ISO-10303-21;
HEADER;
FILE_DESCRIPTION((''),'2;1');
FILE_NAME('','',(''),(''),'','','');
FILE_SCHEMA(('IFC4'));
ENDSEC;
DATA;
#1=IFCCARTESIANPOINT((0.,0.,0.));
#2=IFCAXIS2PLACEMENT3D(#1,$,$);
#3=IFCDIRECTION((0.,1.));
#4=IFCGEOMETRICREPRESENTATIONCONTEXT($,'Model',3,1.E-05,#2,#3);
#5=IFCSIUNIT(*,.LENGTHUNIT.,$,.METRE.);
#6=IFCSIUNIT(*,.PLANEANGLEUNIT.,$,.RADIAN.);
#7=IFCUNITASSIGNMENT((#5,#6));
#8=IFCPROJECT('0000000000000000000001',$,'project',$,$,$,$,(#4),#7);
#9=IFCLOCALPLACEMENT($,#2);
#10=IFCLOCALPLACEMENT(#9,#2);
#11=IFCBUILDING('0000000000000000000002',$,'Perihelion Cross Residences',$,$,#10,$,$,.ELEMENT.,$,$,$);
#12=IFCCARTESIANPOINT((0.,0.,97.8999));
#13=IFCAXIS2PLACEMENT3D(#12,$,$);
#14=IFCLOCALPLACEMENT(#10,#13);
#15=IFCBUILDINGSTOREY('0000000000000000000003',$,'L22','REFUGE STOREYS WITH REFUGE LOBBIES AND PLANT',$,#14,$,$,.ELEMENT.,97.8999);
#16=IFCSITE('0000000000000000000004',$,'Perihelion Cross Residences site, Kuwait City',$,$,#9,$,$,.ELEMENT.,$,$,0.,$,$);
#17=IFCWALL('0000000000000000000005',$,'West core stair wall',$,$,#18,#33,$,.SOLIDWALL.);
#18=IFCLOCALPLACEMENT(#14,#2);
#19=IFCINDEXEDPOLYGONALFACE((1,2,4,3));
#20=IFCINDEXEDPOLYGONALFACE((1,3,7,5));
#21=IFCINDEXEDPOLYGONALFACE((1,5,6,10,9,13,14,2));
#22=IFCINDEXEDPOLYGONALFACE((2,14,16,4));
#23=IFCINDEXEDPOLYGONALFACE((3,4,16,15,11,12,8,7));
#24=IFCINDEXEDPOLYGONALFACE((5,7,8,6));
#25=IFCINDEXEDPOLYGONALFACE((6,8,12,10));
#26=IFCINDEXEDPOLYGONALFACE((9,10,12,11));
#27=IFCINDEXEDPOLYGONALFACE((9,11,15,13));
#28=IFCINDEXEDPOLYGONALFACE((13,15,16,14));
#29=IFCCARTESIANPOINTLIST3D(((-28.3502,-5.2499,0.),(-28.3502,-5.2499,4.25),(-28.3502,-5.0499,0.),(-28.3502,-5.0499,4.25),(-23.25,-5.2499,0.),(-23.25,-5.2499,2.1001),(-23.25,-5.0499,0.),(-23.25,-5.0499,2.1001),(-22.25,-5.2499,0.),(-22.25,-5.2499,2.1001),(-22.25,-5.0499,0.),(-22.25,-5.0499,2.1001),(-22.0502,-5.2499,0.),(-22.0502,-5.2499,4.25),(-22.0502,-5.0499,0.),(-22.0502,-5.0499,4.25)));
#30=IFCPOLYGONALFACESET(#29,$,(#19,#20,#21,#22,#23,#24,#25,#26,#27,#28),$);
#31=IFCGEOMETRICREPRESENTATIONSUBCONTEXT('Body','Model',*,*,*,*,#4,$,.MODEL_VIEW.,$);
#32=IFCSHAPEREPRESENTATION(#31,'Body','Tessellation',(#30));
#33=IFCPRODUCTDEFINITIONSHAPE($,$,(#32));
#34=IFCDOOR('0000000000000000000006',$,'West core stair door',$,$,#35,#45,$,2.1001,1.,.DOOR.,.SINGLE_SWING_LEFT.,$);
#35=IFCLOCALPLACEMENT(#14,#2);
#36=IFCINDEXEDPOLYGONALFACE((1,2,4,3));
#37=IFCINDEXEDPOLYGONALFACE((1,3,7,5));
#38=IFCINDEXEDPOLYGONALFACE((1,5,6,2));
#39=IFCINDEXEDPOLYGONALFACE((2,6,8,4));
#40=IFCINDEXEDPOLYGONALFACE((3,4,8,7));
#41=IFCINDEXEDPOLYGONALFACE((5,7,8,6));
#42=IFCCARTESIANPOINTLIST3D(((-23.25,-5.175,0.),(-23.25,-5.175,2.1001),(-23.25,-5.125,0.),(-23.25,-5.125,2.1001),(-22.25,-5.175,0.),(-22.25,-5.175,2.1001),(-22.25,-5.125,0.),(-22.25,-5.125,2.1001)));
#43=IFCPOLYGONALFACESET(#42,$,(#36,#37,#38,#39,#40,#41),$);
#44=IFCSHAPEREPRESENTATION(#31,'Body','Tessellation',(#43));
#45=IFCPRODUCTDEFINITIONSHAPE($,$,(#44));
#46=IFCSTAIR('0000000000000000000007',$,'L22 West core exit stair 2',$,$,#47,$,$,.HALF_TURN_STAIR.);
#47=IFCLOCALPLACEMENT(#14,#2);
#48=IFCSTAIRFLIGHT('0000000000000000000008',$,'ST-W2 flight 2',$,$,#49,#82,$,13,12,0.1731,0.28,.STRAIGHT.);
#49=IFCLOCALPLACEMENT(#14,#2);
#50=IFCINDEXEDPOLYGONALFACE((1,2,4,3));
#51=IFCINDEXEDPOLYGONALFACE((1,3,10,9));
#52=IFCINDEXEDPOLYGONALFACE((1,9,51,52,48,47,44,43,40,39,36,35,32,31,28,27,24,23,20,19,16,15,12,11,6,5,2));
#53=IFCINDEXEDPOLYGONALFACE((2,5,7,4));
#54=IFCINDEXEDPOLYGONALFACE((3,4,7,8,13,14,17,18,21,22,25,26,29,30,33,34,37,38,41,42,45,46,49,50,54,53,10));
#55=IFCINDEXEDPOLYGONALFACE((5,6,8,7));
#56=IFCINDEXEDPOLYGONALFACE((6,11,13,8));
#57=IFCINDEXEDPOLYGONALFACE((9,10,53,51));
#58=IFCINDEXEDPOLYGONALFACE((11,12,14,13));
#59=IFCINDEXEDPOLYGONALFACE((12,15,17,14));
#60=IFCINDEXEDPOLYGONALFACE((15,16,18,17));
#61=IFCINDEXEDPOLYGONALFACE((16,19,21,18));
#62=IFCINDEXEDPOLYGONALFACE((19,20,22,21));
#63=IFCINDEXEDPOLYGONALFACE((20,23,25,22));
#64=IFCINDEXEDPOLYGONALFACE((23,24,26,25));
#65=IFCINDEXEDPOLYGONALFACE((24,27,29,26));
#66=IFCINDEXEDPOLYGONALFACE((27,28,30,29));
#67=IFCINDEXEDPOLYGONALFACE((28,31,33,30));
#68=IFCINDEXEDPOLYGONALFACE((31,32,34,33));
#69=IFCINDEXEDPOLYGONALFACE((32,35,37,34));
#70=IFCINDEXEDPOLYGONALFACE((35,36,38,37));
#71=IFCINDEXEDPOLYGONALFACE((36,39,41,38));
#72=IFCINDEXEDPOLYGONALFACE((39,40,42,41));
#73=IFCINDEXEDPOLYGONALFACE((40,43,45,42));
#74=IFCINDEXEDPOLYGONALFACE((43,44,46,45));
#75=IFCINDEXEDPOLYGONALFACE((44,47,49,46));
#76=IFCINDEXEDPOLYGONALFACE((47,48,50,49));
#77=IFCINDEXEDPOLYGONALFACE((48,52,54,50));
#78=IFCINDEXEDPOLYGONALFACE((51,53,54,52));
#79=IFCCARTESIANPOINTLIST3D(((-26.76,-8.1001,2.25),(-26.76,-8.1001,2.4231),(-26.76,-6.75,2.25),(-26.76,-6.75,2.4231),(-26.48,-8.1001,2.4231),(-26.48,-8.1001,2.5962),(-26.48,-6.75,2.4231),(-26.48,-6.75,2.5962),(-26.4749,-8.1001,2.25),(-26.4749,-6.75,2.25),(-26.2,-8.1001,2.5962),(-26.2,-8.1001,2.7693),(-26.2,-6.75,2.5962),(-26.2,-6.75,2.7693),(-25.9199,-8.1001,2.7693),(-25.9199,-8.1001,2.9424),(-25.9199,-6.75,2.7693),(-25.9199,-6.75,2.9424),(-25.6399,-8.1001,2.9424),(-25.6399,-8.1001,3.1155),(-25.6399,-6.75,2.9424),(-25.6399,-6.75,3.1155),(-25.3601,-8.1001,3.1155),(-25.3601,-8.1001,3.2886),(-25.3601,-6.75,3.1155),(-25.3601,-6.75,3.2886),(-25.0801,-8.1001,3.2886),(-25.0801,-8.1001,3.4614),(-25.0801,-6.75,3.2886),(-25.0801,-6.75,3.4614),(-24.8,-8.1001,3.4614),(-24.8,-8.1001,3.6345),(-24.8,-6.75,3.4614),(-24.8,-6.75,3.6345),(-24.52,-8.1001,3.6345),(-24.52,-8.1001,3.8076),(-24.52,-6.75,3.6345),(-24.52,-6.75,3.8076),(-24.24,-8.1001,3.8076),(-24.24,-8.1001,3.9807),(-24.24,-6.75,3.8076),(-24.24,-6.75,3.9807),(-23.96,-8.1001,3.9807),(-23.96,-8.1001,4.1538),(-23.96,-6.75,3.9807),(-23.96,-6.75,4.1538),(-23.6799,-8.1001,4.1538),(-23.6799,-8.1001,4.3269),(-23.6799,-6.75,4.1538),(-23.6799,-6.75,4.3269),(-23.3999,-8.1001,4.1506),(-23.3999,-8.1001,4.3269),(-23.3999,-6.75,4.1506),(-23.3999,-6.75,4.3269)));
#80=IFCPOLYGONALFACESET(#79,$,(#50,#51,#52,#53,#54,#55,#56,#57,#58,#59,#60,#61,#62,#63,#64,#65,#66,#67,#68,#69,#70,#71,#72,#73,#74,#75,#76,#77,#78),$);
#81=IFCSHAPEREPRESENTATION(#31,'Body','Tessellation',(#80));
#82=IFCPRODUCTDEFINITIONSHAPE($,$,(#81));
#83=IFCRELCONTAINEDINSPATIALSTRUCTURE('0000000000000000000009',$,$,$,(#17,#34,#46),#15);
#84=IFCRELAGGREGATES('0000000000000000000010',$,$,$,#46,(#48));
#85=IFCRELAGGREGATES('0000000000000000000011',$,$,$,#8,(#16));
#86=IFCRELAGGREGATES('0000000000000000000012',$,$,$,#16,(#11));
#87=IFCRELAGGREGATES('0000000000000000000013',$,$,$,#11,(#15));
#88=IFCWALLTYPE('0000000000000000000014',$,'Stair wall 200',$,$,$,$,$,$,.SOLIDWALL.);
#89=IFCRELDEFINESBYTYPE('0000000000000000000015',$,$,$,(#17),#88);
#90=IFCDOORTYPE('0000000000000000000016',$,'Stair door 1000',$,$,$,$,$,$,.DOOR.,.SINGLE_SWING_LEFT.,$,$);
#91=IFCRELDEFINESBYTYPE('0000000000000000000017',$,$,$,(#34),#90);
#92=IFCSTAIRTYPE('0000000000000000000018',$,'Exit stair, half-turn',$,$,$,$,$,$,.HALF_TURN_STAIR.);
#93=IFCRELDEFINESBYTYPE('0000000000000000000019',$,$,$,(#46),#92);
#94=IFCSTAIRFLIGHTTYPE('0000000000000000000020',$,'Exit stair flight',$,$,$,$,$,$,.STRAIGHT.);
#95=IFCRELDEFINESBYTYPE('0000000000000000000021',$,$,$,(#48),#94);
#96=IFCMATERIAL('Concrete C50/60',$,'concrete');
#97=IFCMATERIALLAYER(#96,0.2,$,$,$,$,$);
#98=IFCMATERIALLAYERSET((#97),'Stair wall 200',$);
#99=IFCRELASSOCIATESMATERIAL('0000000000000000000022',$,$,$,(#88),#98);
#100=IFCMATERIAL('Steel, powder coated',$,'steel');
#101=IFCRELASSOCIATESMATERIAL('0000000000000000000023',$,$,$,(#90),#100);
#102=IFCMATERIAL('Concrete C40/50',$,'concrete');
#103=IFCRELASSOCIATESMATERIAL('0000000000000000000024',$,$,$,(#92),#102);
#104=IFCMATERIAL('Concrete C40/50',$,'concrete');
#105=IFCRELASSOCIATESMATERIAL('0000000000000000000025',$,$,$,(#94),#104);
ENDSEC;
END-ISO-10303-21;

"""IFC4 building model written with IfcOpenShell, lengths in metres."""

from ifc_helpers import new_model, si_unit, direction, frame, frame_2d, origin, place, context, subcontext, project, spatial, polyline, rectangle, outline, extrude, material, layer, layer_set, type_object, element, fill, aggregate, save


model = new_model("IFC4")

# Units and contexts
model_context = context("Model", 3, precision=1e-05, world=origin(), true_north=direction((0.0, 1.0)))
body_context = subcontext(model_context, "Body", "Model", "MODEL_VIEW")
ifc_project = project(units=[si_unit("LENGTHUNIT", "METRE"), si_unit("PLANEANGLEUNIT", "RADIAN")], contexts=[model_context])

# Site, building, storey
site_placement = place(None, origin())
site = spatial("IfcSite", under=ifc_project, at=site_placement, Name="Perihelion Cross Residences site, Kuwait City", CompositionType="ELEMENT", RefElevation=0.0)
building_placement = place(site_placement, origin())
building = spatial("IfcBuilding", under=site, at=building_placement, Name="Perihelion Cross Residences", CompositionType="ELEMENT")
storey_placement = place(building_placement, frame((0.0, 0.0, 97.8999)))
storey = spatial("IfcBuildingStorey", under=building, at=storey_placement, Name="L22", Description="REFUGE STOREYS WITH REFUGE LOBBIES AND PLANT", CompositionType="ELEMENT", Elevation=97.8999)

# Wall, opening, door
ifc_material_1 = material(Name="Concrete C50/60", Category="concrete")
ifc_layer_1 = layer(ifc_material_1, 0.2)
ifc_layer_set_1 = layer_set([ifc_layer_1], Name="Stair wall 200")
wall_type_1 = type_object("IfcWallType", Name="Stair wall 200", PredefinedType="SOLIDWALL", material=ifc_layer_set_1)
wall_1_placement = place(storey_placement, frame((-28.3501, -5.1499, 0.0), z_axis=(0.0, 0.0, 1.0), x_axis=(1.0, 0.0, 0.0)))
wall_1 = element("IfcWall", 1, at=wall_1_placement, inside=storey, type_object=wall_type_1, Name="West core stair wall", PredefinedType="SOLIDWALL", context=body_context, shape_type="SweptSolid", body=[
    extrude(rectangle(XDim=6.3, YDim=0.2, at=frame_2d((3.1499, 0.0))), origin(), (0.0, 0.0, 1.0), 4.25),
])
opening_1_placement = place(wall_1_placement, frame((5.1001, 0.0, 0.0)))
opening_1 = element("IfcOpeningElement", 2, at=opening_1_placement, cuts=wall_1, PredefinedType="OPENING", context=body_context, shape_type="SweptSolid", body=[
    extrude(rectangle(XDim=1.0, YDim=2.1001, at=frame_2d((0.5, 1.05))), frame((0.0, 0.1099, 0.0), z_axis=(0.0, -1.0, 0.0), x_axis=(1.0, 0.0, 0.0)), (0.0, 0.0, 1.0), 0.22),
])
ifc_material_2 = material(Name="Steel, powder coated", Category="steel")
door_type_1 = type_object("IfcDoorType", Name="Stair door 1000", OperationType="SINGLE_SWING_LEFT", PredefinedType="DOOR", material=ifc_material_2)
door_1_placement = place(opening_1_placement, origin())
door_1 = element("IfcDoor", 3, at=door_1_placement, inside=storey, type_object=door_type_1, Name="West core stair door", OperationType="SINGLE_SWING_LEFT", OverallHeight=2.1001, OverallWidth=1.0, PredefinedType="DOOR", context=body_context, shape_type="SweptSolid", body=[
    extrude(rectangle(XDim=1.0, YDim=2.1001, at=frame_2d((0.5, 1.05))), frame((0.0, 0.0249, 0.0), z_axis=(0.0, -1.0, 0.0), x_axis=(1.0, 0.0, 0.0)), (0.0, 0.0, 1.0), 0.05),
])
fill(opening_1, door_1)

# Stair, stair flight
ifc_material_3 = material(Name="Concrete C40/50", Category="concrete")
stair_type = type_object("IfcStairType", Name="Exit stair, half-turn", PredefinedType="HALF_TURN_STAIR", material=ifc_material_3)
stair_placement = place(storey_placement, origin())
stair = element("IfcStair", 4, at=stair_placement, inside=storey, type_object=stair_type, Name="L22 West core exit stair 2", PredefinedType="HALF_TURN_STAIR")
ifc_material_4 = material(Name="Concrete C40/50", Category="concrete")
stair_flight_type = type_object("IfcStairFlightType", Name="Exit stair flight", PredefinedType="STRAIGHT", material=ifc_material_4)
stair_flight_placement = place(storey_placement, frame((-26.76, -7.425, 2.25), z_axis=(0.0, 0.0, 1.0), x_axis=(1.0, 0.0, 0.0)))
stair_flight = element("IfcStairFlight", 5, at=stair_flight_placement, type_object=stair_flight_type, Name="ST-W2 flight 2", NumberOfRisers=13, NumberOfTreads=12, PredefinedType="STRAIGHT", RiserHeight=0.1731, TreadLength=0.28, context=body_context, shape_type="SweptSolid", body=[
    extrude(outline(polyline([(0.0, 0.0), (0.0, 0.1731), (0.28, 0.1731), (0.28, 0.3462), (0.5601, 0.3462), (0.5601, 0.5193), (0.8401, 0.5193), (0.8401, 0.6924), (1.1201, 0.6924), (1.1201, 0.8655), (1.3999, 0.8655), (1.3999, 1.0386), (1.6799, 1.0386), (1.6799, 1.2114), (1.96, 1.2114), (1.96, 1.3845), (2.24, 1.3845), (2.24, 1.5576), (2.52, 1.5576), (2.52, 1.7307), (2.8, 1.7307), (2.8, 1.9038), (3.0801, 1.9038), (3.0801, 2.0769), (3.3601, 2.0769), (3.3601, 2.25), (3.3601, 1.9006), (0.2852, 0.0), (0.0, 0.0)])), frame((0.0, 0.675, 0.0), z_axis=(0.0, -1.0, 0.0), x_axis=(1.0, 0.0, 0.0)), (0.0, 0.0, 1.0), 1.3501),
])
aggregate(stair, [stair_flight])

save(model, "model.ifc")
